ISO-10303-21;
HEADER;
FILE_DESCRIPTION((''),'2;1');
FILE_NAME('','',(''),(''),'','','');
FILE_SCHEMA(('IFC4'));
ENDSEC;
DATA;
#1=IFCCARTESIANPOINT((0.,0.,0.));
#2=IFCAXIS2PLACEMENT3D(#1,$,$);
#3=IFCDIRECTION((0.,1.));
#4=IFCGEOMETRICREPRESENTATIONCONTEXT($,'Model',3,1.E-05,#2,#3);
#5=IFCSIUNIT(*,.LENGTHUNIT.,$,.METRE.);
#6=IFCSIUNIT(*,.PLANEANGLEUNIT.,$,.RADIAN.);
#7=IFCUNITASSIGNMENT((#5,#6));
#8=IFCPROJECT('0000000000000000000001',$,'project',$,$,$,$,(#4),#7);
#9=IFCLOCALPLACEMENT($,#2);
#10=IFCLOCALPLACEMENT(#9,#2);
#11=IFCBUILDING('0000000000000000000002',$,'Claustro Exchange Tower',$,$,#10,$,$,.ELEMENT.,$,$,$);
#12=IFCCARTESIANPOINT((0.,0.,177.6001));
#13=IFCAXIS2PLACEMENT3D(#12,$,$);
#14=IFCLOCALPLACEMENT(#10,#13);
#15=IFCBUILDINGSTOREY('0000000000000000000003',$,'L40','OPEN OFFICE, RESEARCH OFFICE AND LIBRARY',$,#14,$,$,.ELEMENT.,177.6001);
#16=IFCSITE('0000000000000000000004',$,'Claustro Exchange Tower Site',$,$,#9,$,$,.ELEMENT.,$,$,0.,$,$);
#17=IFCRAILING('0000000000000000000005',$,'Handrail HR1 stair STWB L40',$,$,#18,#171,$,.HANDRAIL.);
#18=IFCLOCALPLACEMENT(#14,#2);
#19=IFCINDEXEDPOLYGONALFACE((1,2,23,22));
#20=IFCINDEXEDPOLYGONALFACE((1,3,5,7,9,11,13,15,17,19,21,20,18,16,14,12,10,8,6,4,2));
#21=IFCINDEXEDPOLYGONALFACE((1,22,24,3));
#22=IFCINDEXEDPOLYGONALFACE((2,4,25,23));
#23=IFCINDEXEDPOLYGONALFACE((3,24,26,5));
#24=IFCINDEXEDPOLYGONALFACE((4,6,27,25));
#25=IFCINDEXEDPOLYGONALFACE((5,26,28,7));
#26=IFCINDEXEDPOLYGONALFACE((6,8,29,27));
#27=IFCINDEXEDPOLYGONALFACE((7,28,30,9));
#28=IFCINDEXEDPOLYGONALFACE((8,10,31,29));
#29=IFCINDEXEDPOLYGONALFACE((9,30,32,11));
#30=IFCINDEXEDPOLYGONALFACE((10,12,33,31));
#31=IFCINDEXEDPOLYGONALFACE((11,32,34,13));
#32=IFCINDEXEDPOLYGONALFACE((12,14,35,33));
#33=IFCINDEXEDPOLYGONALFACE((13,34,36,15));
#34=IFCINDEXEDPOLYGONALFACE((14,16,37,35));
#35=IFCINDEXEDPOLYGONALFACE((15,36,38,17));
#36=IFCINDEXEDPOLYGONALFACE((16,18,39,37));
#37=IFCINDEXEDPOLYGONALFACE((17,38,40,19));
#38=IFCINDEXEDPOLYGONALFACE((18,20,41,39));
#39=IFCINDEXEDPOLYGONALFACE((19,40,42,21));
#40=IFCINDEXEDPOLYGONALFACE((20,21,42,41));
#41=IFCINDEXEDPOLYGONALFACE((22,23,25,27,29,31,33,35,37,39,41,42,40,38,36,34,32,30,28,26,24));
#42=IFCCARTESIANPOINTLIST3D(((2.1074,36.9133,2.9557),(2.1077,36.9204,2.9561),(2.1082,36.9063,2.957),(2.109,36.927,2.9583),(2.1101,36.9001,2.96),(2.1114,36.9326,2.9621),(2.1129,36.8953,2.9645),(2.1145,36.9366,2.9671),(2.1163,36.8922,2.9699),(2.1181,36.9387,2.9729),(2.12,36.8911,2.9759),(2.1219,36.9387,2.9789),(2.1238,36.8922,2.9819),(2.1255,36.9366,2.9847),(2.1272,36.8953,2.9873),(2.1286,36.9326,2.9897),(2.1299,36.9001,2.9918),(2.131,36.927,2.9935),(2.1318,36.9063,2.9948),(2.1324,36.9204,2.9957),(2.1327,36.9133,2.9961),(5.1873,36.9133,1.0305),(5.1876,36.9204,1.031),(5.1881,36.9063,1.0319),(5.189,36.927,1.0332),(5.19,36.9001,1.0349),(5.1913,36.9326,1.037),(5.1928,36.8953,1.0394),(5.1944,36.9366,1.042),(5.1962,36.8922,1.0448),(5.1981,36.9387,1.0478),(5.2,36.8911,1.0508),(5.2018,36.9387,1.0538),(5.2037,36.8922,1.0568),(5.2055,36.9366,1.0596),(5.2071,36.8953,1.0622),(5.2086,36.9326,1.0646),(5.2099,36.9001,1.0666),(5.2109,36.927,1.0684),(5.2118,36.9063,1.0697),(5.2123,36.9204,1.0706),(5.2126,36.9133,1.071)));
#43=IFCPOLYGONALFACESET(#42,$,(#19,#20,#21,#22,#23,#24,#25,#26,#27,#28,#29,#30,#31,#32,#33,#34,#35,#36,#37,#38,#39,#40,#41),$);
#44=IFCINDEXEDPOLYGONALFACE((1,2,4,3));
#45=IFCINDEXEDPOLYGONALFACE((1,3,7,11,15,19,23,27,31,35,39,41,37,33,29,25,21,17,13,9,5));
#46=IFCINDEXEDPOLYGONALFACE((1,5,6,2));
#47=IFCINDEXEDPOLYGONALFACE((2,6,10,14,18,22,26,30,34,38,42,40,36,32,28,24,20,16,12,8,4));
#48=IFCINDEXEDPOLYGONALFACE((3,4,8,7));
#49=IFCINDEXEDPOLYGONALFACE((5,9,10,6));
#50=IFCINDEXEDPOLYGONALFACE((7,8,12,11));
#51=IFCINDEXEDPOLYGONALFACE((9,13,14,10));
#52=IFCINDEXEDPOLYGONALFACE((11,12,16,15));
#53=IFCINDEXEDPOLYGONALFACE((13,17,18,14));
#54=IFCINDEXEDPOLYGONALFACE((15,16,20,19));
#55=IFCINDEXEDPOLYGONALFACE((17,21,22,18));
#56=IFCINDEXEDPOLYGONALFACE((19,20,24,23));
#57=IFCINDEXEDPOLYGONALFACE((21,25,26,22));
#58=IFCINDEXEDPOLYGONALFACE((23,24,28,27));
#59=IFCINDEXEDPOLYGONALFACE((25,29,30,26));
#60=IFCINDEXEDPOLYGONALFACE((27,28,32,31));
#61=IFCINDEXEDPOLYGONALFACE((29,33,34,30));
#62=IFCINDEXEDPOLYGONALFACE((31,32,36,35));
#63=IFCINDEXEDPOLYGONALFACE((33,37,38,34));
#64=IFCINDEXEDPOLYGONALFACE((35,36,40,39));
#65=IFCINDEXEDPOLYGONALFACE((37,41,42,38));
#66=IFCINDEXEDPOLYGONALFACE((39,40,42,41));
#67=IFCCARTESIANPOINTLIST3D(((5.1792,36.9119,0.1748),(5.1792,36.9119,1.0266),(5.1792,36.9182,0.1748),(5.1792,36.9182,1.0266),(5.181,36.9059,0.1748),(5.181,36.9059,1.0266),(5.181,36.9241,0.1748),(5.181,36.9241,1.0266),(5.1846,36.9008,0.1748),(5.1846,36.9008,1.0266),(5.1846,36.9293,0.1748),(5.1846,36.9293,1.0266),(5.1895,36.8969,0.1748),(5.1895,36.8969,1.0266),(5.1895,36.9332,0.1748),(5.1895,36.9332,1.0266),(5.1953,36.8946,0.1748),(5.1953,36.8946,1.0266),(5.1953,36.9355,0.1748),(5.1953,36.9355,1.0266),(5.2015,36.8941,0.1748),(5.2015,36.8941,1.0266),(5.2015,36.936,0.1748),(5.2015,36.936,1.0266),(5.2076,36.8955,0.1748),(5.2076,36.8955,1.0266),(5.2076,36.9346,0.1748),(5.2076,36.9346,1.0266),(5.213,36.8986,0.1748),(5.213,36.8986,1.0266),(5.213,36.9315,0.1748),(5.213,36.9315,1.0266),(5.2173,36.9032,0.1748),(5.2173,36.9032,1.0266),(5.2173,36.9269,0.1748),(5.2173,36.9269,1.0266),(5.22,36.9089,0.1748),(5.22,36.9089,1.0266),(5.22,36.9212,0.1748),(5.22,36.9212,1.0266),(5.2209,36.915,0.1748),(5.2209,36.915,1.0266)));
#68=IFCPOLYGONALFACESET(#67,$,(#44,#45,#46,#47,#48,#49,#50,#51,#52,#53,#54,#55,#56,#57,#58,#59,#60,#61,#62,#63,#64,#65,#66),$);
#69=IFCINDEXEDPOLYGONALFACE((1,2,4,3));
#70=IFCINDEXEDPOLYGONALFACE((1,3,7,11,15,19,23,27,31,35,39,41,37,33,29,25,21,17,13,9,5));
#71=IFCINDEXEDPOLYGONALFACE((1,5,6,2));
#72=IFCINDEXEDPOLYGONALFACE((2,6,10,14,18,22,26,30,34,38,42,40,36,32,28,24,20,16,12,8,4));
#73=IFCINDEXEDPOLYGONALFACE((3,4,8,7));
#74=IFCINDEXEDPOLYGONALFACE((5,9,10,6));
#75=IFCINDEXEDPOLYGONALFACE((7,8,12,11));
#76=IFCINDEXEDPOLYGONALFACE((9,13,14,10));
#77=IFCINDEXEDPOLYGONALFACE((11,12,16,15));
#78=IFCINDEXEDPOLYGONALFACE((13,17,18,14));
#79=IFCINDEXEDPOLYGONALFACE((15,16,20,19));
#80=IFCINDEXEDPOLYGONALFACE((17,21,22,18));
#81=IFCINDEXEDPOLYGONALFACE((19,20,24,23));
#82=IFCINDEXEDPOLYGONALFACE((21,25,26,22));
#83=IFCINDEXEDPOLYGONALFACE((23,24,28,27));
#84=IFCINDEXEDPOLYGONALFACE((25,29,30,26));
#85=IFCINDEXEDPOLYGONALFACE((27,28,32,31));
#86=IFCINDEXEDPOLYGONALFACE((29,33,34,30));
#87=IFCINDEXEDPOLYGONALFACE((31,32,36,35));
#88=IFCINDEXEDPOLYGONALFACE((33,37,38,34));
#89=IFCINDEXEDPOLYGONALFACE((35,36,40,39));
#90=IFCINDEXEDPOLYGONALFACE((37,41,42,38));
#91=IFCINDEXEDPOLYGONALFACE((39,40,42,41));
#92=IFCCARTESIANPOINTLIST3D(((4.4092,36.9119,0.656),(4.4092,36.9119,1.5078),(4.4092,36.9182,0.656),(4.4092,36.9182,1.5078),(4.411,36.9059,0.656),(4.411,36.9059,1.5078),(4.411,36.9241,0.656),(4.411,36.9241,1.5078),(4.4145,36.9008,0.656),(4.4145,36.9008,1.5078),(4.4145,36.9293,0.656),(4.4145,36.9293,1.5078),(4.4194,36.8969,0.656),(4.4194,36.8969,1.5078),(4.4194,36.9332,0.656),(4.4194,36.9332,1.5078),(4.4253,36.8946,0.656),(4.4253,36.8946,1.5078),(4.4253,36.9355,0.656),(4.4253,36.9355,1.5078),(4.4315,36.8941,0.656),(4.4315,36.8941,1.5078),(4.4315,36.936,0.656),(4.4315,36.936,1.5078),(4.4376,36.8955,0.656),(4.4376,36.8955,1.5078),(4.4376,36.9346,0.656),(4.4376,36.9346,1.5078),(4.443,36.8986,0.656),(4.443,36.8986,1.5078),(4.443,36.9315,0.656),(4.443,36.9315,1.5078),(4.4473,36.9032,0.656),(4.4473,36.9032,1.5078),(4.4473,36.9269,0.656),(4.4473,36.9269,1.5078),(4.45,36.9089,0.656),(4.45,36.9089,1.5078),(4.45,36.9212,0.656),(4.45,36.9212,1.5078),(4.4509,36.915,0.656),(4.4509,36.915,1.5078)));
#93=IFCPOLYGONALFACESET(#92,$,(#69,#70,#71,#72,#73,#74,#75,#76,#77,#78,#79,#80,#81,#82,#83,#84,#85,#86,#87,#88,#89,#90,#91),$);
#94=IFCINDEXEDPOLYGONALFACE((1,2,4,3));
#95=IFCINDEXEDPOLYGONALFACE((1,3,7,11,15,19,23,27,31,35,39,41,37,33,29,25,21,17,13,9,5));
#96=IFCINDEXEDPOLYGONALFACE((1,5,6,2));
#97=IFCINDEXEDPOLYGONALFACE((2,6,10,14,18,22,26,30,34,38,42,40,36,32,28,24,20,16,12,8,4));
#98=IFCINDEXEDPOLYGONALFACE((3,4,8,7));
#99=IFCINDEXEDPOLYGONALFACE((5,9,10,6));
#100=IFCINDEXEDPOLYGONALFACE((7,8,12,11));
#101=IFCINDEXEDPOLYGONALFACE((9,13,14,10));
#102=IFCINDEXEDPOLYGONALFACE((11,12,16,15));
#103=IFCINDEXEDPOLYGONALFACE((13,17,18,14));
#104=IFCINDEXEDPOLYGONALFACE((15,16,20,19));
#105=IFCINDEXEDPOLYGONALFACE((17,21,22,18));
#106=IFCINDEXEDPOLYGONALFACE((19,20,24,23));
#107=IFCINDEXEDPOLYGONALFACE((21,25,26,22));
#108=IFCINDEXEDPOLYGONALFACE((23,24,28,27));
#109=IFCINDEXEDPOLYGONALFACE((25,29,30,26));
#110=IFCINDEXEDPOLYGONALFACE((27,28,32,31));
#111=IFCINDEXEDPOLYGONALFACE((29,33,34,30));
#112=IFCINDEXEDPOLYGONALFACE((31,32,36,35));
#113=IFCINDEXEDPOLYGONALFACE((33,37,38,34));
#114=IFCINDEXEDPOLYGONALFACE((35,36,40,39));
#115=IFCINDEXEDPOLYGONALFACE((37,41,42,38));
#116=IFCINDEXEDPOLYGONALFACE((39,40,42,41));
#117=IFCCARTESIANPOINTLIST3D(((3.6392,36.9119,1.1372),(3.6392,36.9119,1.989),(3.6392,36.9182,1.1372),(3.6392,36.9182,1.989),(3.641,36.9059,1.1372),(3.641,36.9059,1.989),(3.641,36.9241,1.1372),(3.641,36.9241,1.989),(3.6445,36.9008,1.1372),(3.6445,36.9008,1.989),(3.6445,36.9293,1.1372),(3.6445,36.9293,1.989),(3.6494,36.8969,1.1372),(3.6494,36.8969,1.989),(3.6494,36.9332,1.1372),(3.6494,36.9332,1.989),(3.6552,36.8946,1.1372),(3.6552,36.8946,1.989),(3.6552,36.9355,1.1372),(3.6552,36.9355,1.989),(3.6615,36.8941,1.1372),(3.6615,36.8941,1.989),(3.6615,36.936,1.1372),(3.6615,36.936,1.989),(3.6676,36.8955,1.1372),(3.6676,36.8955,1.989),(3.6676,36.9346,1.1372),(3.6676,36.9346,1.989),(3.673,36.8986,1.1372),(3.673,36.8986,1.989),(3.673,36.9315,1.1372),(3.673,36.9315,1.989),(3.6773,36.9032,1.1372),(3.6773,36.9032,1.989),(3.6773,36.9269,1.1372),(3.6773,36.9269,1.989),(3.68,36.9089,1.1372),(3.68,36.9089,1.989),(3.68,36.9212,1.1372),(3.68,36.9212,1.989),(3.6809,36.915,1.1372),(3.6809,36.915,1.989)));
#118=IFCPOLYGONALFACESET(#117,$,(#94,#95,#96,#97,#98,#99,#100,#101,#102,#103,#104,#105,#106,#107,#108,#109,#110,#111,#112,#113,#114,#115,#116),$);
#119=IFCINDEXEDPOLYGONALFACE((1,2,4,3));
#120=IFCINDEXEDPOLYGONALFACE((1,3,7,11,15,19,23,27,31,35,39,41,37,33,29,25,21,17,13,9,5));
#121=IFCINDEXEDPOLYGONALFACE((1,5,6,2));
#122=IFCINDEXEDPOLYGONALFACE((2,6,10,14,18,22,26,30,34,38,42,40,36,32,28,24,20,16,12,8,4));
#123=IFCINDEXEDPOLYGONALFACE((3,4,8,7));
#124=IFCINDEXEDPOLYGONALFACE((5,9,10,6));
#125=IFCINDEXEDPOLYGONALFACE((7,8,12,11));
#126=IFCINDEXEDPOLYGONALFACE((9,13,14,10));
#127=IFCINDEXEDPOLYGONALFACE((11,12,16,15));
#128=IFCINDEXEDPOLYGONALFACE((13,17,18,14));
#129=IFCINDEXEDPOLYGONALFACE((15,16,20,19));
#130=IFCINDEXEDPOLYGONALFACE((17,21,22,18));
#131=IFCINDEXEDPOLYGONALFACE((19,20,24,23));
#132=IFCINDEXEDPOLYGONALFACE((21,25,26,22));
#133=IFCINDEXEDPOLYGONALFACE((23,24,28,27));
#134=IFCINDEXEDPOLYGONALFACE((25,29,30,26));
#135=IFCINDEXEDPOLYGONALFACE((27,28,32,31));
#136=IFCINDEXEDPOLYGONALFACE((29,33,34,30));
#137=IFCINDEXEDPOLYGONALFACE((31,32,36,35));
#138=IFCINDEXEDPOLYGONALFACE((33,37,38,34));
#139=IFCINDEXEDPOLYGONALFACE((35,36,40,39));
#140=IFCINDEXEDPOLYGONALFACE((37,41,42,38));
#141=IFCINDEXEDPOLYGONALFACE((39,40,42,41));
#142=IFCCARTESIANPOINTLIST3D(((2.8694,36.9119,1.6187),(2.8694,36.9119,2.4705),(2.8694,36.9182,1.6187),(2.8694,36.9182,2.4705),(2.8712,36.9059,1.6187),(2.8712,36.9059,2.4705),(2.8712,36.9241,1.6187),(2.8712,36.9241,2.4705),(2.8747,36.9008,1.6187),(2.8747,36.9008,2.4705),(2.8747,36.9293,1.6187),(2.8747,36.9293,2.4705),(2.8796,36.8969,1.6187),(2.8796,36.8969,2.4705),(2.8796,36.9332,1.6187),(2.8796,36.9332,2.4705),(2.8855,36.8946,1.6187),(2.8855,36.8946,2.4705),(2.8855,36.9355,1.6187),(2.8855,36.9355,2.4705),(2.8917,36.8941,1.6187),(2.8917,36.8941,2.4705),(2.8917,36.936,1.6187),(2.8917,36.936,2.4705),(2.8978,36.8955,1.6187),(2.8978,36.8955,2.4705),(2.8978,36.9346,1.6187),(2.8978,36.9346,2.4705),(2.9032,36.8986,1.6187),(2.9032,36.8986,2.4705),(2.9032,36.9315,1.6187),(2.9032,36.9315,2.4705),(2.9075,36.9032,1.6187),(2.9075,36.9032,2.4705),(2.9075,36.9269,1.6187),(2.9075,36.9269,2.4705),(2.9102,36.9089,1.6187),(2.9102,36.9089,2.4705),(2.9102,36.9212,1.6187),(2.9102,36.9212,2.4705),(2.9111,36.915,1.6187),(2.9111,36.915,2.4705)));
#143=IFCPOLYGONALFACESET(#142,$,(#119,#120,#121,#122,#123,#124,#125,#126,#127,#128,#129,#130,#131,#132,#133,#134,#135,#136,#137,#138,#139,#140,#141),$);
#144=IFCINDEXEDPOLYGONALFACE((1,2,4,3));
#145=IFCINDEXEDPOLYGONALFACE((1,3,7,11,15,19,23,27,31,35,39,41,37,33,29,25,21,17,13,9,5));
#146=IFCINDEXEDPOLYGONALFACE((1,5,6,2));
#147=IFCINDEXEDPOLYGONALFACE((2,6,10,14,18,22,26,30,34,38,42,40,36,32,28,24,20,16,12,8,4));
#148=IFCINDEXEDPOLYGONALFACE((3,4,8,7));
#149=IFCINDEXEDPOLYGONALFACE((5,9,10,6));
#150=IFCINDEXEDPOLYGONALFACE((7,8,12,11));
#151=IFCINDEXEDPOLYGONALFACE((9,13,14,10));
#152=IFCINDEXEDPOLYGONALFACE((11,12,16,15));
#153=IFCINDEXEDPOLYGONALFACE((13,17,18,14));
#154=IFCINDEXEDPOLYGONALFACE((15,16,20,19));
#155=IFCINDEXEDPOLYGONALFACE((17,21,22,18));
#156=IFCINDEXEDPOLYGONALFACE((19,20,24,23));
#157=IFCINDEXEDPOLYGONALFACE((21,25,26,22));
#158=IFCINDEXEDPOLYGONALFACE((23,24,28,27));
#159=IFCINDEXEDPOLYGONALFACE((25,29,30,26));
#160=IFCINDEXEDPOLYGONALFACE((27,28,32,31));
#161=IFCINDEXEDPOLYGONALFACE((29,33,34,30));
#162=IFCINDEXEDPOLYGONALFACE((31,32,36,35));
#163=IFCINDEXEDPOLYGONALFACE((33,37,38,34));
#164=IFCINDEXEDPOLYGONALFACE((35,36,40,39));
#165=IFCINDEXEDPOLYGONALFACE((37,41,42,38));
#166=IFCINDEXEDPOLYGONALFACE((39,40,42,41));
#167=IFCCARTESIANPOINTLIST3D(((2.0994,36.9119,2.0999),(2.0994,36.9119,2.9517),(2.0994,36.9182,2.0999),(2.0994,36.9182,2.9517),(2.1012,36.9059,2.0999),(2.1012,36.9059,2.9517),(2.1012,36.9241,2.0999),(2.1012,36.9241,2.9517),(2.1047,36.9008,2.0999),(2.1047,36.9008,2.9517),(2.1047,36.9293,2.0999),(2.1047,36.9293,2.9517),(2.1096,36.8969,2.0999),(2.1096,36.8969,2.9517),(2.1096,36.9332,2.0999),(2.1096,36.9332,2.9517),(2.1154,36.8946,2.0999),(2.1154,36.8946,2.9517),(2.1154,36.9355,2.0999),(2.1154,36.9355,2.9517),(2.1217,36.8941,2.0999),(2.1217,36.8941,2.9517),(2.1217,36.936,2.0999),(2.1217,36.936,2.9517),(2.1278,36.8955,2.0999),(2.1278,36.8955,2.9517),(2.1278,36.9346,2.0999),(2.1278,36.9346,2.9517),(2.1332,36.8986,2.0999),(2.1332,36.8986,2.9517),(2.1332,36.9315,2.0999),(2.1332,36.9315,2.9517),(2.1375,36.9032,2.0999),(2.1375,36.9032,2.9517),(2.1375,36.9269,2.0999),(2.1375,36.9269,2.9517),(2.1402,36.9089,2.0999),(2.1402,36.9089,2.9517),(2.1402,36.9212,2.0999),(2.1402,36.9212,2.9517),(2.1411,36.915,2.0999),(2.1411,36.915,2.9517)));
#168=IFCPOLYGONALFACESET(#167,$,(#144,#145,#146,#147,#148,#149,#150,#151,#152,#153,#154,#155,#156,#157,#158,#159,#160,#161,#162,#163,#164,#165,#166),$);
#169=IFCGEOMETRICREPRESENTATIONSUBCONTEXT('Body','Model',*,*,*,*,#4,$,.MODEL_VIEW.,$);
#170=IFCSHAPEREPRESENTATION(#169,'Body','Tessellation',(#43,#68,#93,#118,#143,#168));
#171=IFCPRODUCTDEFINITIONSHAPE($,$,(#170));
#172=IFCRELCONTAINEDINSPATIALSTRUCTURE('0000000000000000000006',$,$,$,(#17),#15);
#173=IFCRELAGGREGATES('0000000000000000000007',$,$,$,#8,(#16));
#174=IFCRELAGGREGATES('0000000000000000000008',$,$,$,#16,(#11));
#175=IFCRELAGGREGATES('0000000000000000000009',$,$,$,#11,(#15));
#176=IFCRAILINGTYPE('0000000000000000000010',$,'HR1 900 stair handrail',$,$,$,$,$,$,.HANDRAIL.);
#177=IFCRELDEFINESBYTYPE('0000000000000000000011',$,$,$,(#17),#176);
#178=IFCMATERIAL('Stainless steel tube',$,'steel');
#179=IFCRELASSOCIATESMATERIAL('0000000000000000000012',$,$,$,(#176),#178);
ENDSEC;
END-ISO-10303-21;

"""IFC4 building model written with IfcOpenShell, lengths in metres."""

from ifc_helpers import new_model, si_unit, direction, frame, origin, origin_2d, place, context, subcontext, project, spatial, circle, extrude, material, type_object, element, save


model = new_model("IFC4")

# Units and contexts
model_context = context("Model", 3, precision=1e-05, world=origin(), true_north=direction((0.0, 1.0)))
body_context = subcontext(model_context, "Body", "Model", "MODEL_VIEW")
ifc_project = project(units=[si_unit("LENGTHUNIT", "METRE"), si_unit("PLANEANGLEUNIT", "RADIAN")], contexts=[model_context])

# Site, building, storey
site_placement = place(None, origin())
site = spatial("IfcSite", under=ifc_project, at=site_placement, Name="Claustro Exchange Tower Site", CompositionType="ELEMENT", RefElevation=0.0)
building_placement = place(site_placement, origin())
building = spatial("IfcBuilding", under=site, at=building_placement, Name="Claustro Exchange Tower", CompositionType="ELEMENT")
storey_placement = place(building_placement, frame((0.0, 0.0, 177.6001)))
storey = spatial("IfcBuildingStorey", under=building, at=storey_placement, Name="L40", Description="OPEN OFFICE, RESEARCH OFFICE AND LIBRARY", CompositionType="ELEMENT", Elevation=177.6001)

# Railing
ifc_material_1 = material(Name="Stainless steel tube", Category="steel")
railing_type_1 = type_object("IfcRailingType", Name="HR1 900 stair handrail", PredefinedType="HANDRAIL", material=ifc_material_1)
railing_1_placement = place(storey_placement, frame((5.2, 36.915, 0.1748)))
element("IfcRailing", 1, at=railing_1_placement, inside=storey, type_object=railing_type_1, Name="Handrail HR1 stair STWB L40", PredefinedType="HANDRAIL", context=body_context, shape_type="SweptSolid", body=[
    extrude(circle(Radius=0.0239, at=origin_2d()), frame((0.0, 0.0, 0.876), z_axis=(-0.847979, 0.0, 0.530029), x_axis=(0.0, -1.0, 0.0)), (0.0, 0.0, 1.0), 3.6321),
    extrude(circle(Radius=0.021, at=origin_2d()), origin(), (0.0, 0.0, 1.0), 0.8518),
    extrude(circle(Radius=0.021, at=origin_2d()), frame((-0.77, 0.0, 0.4812)), (0.0, 0.0, 1.0), 0.8518),
    extrude(circle(Radius=0.021, at=origin_2d()), frame((-1.54, 0.0, 0.9624)), (0.0, 0.0, 1.0), 0.8518),
    extrude(circle(Radius=0.021, at=origin_2d()), frame((-2.3098, 0.0, 1.4438)), (0.0, 0.0, 1.0), 0.8518),
    extrude(circle(Radius=0.021, at=origin_2d()), frame((-3.0798, 0.0, 1.925)), (0.0, 0.0, 1.0), 0.8518),
])

save(model, "model.ifc")
